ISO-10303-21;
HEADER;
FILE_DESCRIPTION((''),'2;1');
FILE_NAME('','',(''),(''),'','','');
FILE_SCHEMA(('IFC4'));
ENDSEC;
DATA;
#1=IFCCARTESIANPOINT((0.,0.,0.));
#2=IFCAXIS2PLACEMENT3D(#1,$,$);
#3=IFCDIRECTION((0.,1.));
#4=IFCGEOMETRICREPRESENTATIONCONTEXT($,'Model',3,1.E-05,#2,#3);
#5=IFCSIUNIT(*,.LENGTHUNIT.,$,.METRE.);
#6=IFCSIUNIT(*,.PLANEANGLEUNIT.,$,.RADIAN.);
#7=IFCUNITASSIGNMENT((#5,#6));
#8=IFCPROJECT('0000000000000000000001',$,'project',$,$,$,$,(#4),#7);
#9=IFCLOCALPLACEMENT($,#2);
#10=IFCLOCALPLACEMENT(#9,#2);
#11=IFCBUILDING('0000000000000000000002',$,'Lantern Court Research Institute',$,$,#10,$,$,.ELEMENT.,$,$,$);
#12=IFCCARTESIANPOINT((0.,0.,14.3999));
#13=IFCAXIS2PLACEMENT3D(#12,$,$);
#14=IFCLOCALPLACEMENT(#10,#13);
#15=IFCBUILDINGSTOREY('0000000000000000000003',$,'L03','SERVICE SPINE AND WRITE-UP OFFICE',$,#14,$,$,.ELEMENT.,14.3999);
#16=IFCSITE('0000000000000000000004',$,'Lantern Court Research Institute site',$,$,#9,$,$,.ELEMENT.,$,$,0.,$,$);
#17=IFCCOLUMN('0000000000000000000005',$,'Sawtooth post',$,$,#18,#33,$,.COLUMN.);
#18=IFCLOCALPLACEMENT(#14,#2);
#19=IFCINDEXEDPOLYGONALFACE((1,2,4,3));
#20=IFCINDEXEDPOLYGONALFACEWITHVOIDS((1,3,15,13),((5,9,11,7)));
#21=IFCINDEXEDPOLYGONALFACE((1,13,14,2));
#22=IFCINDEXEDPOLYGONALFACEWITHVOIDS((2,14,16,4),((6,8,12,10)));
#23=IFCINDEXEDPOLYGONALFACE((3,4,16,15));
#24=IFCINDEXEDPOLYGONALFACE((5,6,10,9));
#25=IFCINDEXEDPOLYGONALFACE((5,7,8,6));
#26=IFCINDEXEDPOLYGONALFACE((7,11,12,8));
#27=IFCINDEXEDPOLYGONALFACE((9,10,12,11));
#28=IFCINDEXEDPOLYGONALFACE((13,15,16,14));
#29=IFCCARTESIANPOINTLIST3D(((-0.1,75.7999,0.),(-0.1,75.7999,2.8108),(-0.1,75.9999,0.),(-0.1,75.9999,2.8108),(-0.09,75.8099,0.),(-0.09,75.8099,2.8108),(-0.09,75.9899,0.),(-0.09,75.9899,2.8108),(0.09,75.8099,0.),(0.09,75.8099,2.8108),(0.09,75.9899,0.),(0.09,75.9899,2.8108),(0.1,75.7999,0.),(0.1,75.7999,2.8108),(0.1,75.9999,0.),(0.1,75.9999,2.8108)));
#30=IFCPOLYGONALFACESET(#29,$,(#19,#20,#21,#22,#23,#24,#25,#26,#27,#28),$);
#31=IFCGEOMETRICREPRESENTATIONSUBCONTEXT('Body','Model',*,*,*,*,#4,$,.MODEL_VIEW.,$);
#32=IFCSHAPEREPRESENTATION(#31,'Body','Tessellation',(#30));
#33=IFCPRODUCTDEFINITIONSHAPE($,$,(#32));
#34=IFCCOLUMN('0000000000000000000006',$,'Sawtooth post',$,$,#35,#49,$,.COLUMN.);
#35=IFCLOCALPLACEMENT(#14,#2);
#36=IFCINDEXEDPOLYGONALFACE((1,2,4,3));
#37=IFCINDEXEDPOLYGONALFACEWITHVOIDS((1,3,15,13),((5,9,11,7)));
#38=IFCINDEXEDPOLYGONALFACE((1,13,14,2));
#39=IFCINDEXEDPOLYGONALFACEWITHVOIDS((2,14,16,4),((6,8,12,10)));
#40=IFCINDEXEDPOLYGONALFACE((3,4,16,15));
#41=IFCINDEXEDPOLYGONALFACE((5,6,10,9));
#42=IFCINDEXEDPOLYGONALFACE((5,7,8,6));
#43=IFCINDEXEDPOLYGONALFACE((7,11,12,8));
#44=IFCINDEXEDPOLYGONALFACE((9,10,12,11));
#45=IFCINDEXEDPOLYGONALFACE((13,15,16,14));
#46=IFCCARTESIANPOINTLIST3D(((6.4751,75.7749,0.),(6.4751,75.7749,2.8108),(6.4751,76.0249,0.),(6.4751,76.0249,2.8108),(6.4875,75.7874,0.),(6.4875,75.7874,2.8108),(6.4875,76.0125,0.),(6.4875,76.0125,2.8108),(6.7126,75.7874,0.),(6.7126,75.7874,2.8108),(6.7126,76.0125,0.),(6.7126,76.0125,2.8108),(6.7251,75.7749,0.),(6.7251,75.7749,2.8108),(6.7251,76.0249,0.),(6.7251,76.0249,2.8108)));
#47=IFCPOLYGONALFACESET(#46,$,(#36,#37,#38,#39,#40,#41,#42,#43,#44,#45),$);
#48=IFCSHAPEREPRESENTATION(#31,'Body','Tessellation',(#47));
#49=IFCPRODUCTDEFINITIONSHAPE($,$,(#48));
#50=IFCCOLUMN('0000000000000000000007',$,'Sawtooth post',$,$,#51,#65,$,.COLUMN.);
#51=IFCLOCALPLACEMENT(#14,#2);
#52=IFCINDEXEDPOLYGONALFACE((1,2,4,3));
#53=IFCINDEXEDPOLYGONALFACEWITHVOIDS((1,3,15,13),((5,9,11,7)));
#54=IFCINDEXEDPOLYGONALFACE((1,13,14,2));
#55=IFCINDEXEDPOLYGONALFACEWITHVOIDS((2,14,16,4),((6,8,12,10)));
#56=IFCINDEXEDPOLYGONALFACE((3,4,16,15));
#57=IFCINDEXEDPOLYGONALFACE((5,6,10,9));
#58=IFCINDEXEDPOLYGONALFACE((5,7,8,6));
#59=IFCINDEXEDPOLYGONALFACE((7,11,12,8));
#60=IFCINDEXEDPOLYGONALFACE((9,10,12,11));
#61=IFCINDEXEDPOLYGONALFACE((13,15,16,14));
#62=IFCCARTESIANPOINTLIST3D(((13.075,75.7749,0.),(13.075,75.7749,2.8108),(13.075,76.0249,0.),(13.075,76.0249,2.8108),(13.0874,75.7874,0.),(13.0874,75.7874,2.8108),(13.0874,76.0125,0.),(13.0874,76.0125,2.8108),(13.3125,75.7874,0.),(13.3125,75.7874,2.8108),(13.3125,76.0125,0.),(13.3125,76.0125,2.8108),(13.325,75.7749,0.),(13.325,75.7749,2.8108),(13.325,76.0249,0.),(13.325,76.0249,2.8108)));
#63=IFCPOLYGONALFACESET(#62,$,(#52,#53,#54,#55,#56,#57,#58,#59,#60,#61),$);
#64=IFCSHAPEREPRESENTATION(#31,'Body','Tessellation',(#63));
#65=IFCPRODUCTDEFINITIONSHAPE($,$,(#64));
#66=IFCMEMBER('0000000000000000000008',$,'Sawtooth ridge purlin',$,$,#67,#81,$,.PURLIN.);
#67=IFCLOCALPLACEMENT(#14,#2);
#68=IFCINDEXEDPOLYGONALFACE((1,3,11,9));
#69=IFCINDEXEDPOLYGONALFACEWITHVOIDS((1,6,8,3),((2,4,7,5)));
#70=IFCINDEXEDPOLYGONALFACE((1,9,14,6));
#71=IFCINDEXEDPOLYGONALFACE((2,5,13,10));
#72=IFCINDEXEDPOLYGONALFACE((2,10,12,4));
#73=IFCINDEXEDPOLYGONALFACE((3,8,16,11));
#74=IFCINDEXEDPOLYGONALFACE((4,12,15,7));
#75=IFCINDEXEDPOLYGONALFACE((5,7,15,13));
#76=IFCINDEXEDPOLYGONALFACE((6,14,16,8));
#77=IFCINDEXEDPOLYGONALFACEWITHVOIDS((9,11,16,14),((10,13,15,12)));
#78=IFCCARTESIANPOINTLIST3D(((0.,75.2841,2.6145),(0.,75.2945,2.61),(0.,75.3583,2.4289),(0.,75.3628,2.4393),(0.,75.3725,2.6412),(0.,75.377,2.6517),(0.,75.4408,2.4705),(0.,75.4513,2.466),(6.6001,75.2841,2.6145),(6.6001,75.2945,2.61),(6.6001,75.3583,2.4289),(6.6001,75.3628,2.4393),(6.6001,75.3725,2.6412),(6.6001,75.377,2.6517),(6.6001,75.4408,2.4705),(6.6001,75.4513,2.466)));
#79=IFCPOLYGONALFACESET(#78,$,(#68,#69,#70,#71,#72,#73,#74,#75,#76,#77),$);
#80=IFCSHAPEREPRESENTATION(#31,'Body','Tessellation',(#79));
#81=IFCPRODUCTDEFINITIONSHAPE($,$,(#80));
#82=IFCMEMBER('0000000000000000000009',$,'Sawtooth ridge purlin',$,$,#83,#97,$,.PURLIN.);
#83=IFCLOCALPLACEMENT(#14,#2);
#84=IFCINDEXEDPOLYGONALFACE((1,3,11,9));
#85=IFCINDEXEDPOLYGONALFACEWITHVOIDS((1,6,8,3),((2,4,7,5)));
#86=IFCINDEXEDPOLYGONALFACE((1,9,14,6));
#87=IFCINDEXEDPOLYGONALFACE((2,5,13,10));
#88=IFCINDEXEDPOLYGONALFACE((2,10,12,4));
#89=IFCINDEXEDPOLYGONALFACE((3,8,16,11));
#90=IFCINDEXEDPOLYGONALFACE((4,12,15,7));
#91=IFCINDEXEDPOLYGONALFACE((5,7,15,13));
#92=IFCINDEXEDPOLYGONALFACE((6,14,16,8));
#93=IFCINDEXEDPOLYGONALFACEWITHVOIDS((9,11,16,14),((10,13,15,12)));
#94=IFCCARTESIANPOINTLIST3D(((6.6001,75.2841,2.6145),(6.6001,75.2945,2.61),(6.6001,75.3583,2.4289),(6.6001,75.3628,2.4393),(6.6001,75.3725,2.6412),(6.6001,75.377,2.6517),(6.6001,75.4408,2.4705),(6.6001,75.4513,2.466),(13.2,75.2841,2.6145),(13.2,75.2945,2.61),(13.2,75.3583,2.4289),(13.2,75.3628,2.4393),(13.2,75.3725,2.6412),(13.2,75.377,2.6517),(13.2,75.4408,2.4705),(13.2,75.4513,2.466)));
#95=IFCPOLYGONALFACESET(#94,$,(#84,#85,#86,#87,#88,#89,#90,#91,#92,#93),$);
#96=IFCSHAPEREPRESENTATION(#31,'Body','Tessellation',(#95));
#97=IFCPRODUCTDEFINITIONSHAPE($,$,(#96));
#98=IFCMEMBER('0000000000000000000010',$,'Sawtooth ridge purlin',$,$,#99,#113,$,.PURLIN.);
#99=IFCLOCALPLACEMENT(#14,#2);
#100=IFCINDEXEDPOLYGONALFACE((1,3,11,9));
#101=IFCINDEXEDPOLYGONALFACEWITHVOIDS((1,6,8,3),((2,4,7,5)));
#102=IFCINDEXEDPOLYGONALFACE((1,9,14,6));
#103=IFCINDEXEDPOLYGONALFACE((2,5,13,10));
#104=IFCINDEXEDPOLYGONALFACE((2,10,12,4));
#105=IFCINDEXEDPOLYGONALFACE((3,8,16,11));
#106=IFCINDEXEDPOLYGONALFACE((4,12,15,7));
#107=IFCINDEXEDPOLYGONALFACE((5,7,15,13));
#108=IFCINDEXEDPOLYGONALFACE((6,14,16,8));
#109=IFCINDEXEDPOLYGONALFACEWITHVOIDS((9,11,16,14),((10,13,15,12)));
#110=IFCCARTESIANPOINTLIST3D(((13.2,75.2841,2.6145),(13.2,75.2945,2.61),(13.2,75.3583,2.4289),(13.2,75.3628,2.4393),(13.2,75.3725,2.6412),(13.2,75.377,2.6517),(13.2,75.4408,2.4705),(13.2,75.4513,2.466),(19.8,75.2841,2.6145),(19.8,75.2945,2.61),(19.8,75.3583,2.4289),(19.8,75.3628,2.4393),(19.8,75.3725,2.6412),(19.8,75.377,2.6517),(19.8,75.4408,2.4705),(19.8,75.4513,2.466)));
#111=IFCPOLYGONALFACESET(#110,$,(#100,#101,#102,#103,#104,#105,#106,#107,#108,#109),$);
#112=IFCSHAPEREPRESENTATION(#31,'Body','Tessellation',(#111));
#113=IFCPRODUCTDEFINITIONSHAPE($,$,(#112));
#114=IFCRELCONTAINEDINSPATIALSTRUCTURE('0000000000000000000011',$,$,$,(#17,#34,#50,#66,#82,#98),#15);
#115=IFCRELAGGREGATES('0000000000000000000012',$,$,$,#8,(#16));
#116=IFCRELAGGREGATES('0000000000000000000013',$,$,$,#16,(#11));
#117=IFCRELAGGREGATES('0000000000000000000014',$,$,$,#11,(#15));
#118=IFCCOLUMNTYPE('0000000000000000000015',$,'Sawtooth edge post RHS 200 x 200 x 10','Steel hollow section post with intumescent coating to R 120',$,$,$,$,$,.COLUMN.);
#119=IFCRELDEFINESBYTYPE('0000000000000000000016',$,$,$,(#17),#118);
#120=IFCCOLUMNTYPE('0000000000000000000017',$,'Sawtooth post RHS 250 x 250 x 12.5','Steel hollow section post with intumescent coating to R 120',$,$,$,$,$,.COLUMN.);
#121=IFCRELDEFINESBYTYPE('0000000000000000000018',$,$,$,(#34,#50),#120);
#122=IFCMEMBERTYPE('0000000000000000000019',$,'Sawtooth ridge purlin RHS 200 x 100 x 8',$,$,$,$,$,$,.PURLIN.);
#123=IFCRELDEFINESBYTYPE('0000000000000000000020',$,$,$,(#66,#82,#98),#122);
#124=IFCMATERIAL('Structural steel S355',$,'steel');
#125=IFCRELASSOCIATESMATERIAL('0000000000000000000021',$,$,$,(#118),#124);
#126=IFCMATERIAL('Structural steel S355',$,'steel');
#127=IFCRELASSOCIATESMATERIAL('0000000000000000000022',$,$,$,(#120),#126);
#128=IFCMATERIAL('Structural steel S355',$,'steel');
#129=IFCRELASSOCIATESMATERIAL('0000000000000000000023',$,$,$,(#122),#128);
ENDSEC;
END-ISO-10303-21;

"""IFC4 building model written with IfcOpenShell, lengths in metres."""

from ifc_helpers import new_model, si_unit, direction, frame, origin, origin_2d, place, context, subcontext, project, spatial, hollow_rectangle, extrude, material, material_profile, profile_set, type_object, element, save


model = new_model("IFC4")

# Units and contexts
model_context = context("Model", 3, precision=1e-05, world=origin(), true_north=direction((0.0, 1.0)))
body_context = subcontext(model_context, "Body", "Model", "MODEL_VIEW")
ifc_project = project(units=[si_unit("LENGTHUNIT", "METRE"), si_unit("PLANEANGLEUNIT", "RADIAN")], contexts=[model_context])

# Site, building, storey
site_placement = place(None, origin())
site = spatial("IfcSite", under=ifc_project, at=site_placement, Name="Lantern Court Research Institute site", CompositionType="ELEMENT", RefElevation=0.0)
building_placement = place(site_placement, origin())
building = spatial("IfcBuilding", under=site, at=building_placement, Name="Lantern Court Research Institute", CompositionType="ELEMENT")
storey_placement = place(building_placement, frame((0.0, 0.0, 14.3999)))
storey = spatial("IfcBuildingStorey", under=building, at=storey_placement, Name="L03", Description="SERVICE SPINE AND WRITE-UP OFFICE", CompositionType="ELEMENT", Elevation=14.3999)

# Columns
ifc_material_1 = material(Name="Structural steel S355", Category="steel")
ifc_material_profile_1 = material_profile(ifc_material_1, hollow_rectangle(XDim=0.2, YDim=0.2, WallThickness=0.01, at=origin_2d()), Name="Sawtooth edge post RHS 200 x 200 x 10")
ifc_profile_set_1 = profile_set([ifc_material_profile_1], Name="Structural steel S355")
column_type_1 = type_object("IfcColumnType", Name="Sawtooth edge post RHS 200 x 200 x 10", Description="Steel hollow section post with intumescent coating to R 120", PredefinedType="COLUMN", material=ifc_profile_set_1)
column_placement = place(storey_placement, frame((0.0, 75.8999, 0.0), z_axis=(0.0, 0.0, 1.0), x_axis=(1.0, 0.0, 0.0)))
element("IfcColumn", 1, at=column_placement, inside=storey, type_object=column_type_1, Name="Sawtooth post", PredefinedType="COLUMN", context=body_context, shape_type="SweptSolid", body=[
    extrude(hollow_rectangle(XDim=0.2, YDim=0.2, WallThickness=0.01, at=origin_2d()), origin(), (0.0, 0.0, 1.0), 2.8108),
])
ifc_material_2 = material(Name="Structural steel S355", Category="steel")
ifc_material_profile_2 = material_profile(ifc_material_2, hollow_rectangle(XDim=0.25, YDim=0.25, WallThickness=0.0125, at=origin_2d()), Name="Sawtooth post RHS 250 x 250 x 12.5")
ifc_profile_set_2 = profile_set([ifc_material_profile_2], Name="Structural steel S355")
column_type_2 = type_object("IfcColumnType", Name="Sawtooth post RHS 250 x 250 x 12.5", Description="Steel hollow section post with intumescent coating to R 120", PredefinedType="COLUMN", material=ifc_profile_set_2)
for number, where, z_axis, x_axis, name in (
    (2, (6.6001, 75.8999, 0.0), (0.0, 0.0, 1.0), (1.0, 0.0, 0.0), "Sawtooth post"),
    (3, (13.2, 75.8999, 0.0), (0.0, 0.0, 1.0), (1.0, 0.0, 0.0), "Sawtooth post"),
):
    element("IfcColumn", number, at=place(storey_placement, frame(where, z_axis=z_axis, x_axis=x_axis)), inside=storey, type_object=column_type_2, Name=name, PredefinedType="COLUMN", context=body_context, shape_type="SweptSolid", body=[
        extrude(hollow_rectangle(XDim=0.25, YDim=0.25, WallThickness=0.0125, at=origin_2d()), origin(), (0.0, 0.0, 1.0), 2.8108),
    ])

# Members
ifc_material_3 = material(Name="Structural steel S355", Category="steel")
ifc_material_profile_3 = material_profile(ifc_material_3, hollow_rectangle(XDim=0.1001, YDim=0.2, WallThickness=0.0081, at=origin_2d()), Name="Sawtooth ridge purlin RHS 200 x 100 x 8")
ifc_profile_set_3 = profile_set([ifc_material_profile_3], Name="Structural steel S355")
member_type = type_object("IfcMemberType", Name="Sawtooth ridge purlin RHS 200 x 100 x 8", PredefinedType="PURLIN", material=ifc_profile_set_3)
member_1_placement = place(storey_placement, frame((0.0, 75.3677, 2.5403), z_axis=(1.0, 0.0, 0.0), x_axis=(0.0, 0.928477, 0.371391)))
element("IfcMember", 4, at=member_1_placement, inside=storey, type_object=member_type, Name="Sawtooth ridge purlin", PredefinedType="PURLIN", context=body_context, shape_type="SweptSolid", body=[
    extrude(hollow_rectangle(XDim=0.1001, YDim=0.2, WallThickness=0.0081, at=origin_2d()), origin(), (0.0, 0.0, 1.0), 6.6001),
])
member_2_placement = place(storey_placement, frame((6.6001, 75.3677, 2.5403), z_axis=(1.0, 0.0, 0.0), x_axis=(0.0, 0.928477, 0.371391)))
element("IfcMember", 5, at=member_2_placement, inside=storey, type_object=member_type, Name="Sawtooth ridge purlin", PredefinedType="PURLIN", context=body_context, shape_type="SweptSolid", body=[
    extrude(hollow_rectangle(XDim=0.1001, YDim=0.2, WallThickness=0.0081, at=origin_2d()), origin(), (0.0, 0.0, 1.0), 6.5999),
])
member_3_placement = place(storey_placement, frame((13.2, 75.3677, 2.5403), z_axis=(1.0, 0.0, 0.0), x_axis=(0.0, 0.928477, 0.371391)))
element("IfcMember", 6, at=member_3_placement, inside=storey, type_object=member_type, Name="Sawtooth ridge purlin", PredefinedType="PURLIN", context=body_context, shape_type="SweptSolid", body=[
    extrude(hollow_rectangle(XDim=0.1001, YDim=0.2, WallThickness=0.0081, at=origin_2d()), origin(), (0.0, 0.0, 1.0), 6.6001),
])

save(model, "model.ifc")
